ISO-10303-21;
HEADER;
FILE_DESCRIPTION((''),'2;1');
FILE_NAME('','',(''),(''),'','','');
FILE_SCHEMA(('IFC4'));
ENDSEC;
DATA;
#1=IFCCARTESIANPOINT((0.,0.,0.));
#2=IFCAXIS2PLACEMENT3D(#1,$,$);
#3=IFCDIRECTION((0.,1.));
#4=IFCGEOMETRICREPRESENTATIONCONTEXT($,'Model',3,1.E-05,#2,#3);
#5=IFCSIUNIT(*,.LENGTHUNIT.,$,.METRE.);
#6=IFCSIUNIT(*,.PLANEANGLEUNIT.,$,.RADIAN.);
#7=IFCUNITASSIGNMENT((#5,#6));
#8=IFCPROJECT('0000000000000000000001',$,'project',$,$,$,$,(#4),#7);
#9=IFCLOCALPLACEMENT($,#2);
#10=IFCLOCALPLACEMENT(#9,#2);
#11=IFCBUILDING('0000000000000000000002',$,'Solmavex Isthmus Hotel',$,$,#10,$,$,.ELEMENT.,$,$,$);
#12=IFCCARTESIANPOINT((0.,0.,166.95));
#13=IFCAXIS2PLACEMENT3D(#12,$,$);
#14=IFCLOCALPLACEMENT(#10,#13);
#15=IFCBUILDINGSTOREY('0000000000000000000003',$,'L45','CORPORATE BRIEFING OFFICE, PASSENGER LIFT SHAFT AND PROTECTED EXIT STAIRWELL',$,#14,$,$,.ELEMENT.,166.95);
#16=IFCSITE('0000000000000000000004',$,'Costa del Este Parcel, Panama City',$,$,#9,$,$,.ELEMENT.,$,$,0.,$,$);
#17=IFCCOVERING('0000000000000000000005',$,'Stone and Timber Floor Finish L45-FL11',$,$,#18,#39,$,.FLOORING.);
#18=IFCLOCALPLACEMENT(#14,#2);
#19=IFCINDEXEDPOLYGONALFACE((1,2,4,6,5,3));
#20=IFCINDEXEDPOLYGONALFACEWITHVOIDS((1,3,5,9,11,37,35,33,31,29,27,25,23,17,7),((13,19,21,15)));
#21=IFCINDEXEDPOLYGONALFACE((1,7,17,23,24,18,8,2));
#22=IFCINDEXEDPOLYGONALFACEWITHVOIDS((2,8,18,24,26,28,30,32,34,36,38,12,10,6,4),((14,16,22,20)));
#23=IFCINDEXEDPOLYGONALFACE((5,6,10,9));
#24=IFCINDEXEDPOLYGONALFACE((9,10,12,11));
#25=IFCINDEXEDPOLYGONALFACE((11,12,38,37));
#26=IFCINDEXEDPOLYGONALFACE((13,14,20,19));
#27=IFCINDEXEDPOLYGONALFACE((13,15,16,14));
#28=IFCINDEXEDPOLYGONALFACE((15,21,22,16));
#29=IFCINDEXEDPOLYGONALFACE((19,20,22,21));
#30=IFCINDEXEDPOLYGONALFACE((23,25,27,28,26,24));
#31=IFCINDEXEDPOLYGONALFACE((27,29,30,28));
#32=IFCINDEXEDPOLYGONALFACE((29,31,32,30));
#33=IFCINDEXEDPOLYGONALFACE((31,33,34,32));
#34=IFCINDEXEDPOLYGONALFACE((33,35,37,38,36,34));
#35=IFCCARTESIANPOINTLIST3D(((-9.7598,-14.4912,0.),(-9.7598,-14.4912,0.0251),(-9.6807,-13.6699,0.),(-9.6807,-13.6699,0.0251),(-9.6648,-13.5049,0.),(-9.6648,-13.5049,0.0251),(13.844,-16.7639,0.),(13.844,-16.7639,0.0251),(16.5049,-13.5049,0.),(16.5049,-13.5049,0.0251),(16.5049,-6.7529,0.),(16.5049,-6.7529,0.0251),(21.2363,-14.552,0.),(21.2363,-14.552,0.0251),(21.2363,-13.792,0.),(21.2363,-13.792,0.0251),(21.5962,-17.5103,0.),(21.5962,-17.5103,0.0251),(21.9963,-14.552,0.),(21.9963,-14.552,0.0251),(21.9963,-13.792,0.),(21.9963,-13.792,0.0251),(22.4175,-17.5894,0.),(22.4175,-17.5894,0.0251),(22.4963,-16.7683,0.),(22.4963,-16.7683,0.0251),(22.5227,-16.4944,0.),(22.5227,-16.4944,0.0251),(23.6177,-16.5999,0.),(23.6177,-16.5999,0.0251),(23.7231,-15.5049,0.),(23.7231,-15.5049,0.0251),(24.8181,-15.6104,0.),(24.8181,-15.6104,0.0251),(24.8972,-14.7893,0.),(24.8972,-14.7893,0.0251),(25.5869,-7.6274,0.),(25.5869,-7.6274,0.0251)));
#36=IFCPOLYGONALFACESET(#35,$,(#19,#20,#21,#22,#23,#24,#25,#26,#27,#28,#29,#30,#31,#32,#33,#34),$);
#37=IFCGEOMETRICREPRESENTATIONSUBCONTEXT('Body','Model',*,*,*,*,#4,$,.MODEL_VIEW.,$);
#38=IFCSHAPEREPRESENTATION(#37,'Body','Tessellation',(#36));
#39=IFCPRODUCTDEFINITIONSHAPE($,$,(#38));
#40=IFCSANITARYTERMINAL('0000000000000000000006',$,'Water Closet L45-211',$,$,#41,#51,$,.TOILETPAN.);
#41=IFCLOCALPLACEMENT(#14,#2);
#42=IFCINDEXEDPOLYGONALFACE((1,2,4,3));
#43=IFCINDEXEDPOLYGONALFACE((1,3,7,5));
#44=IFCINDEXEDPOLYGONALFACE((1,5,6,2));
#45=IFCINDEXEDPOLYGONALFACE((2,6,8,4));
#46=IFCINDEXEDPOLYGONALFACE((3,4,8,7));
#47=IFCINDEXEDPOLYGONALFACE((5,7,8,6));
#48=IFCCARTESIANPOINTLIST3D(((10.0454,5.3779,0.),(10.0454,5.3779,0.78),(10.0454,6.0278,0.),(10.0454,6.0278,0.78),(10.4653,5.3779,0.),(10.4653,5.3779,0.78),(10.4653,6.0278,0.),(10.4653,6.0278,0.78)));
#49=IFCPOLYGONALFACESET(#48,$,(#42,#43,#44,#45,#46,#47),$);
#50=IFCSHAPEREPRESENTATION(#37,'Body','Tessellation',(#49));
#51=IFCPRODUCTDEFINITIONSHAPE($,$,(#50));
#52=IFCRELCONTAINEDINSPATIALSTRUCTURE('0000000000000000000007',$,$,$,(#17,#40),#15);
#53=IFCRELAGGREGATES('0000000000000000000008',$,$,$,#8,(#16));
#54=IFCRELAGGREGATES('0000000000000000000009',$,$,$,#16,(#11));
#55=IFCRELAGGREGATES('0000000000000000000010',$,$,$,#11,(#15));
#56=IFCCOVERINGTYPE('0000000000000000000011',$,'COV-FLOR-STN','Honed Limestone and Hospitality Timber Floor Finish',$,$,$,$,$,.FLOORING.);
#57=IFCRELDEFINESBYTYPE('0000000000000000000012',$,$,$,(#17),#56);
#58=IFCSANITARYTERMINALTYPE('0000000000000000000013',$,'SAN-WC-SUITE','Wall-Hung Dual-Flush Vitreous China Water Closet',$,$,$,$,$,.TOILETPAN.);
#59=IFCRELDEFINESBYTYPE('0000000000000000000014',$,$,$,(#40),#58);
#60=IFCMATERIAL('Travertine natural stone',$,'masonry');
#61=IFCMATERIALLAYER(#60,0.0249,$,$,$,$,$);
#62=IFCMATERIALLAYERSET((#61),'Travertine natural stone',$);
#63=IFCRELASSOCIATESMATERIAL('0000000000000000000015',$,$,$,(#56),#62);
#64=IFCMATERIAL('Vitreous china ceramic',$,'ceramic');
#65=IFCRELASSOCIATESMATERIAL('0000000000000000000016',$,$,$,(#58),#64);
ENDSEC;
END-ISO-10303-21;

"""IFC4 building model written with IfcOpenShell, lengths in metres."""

from ifc_helpers import new_model, si_unit, direction, frame, origin, origin_2d, place, context, subcontext, project, spatial, polyline, rectangle, outline, extrude, material, layer, layer_set, type_object, element, save


model = new_model("IFC4")

# Units and contexts
model_context = context("Model", 3, precision=1e-05, world=origin(), true_north=direction((0.0, 1.0)))
body_context = subcontext(model_context, "Body", "Model", "MODEL_VIEW")
ifc_project = project(units=[si_unit("LENGTHUNIT", "METRE"), si_unit("PLANEANGLEUNIT", "RADIAN")], contexts=[model_context])

# Site, building, storey
site_placement = place(None, origin())
site = spatial("IfcSite", under=ifc_project, at=site_placement, Name="Costa del Este Parcel, Panama City", CompositionType="ELEMENT", RefElevation=0.0)
building_placement = place(site_placement, origin())
building = spatial("IfcBuilding", under=site, at=building_placement, Name="Solmavex Isthmus Hotel", CompositionType="ELEMENT")
storey_placement = place(building_placement, frame((0.0, 0.0, 166.95)))
storey = spatial("IfcBuildingStorey", under=building, at=storey_placement, Name="L45", Description="CORPORATE BRIEFING OFFICE, PASSENGER LIFT SHAFT AND PROTECTED EXIT STAIRWELL", CompositionType="ELEMENT", Elevation=166.95)

# Covering
ifc_material_1 = material(Name="Travertine natural stone", Category="masonry")
ifc_layer_1 = layer(ifc_material_1, 0.0249)
ifc_layer_set_1 = layer_set([ifc_layer_1], Name="Travertine natural stone")
covering_type_1 = type_object("IfcCoveringType", Name="COV-FLOR-STN", Description="Honed Limestone and Hospitality Timber Floor Finish", PredefinedType="FLOORING", material=ifc_layer_set_1)
covering_1_placement = place(storey_placement, origin())
element("IfcCovering", 1, at=covering_1_placement, inside=storey, type_object=covering_type_1, Name="Stone and Timber Floor Finish L45-FL11", PredefinedType="FLOORING", context=body_context, shape_type="SweptSolid", body=[
    extrude(outline(polyline([(21.5962, -17.5103), (22.4175, -17.5894), (22.4963, -16.7683), (22.5227, -16.4944), (23.6177, -16.5999), (23.7231, -15.5049), (24.8181, -15.6104), (24.8972, -14.7893), (25.5869, -7.6274), (16.5049, -6.7529), (16.5049, -13.5049), (-9.6648, -13.5049), (-9.6807, -13.6699), (-9.7598, -14.4912), (13.844, -16.7639), (21.5962, -17.5103)]), holes=[polyline([(21.2363, -14.552), (21.2363, -13.792), (21.9963, -13.792), (21.9963, -14.552), (21.2363, -14.552)])]), origin(), (0.0, 0.0, 1.0), 0.0251),
])

# Sanitary terminal
ifc_material_2 = material(Name="Vitreous china ceramic", Category="ceramic")
sanitary_terminal_type = type_object("IfcSanitaryTerminalType", Name="SAN-WC-SUITE", Description="Wall-Hung Dual-Flush Vitreous China Water Closet", PredefinedType="TOILETPAN", material=ifc_material_2)
sanitary_terminal_placement = place(storey_placement, frame((10.2554, 5.7029, 0.0), z_axis=(0.0, 0.0, 1.0), x_axis=(1.0, 0.0, 0.0)))
element("IfcSanitaryTerminal", 2, at=sanitary_terminal_placement, inside=storey, type_object=sanitary_terminal_type, Name="Water Closet L45-211", PredefinedType="TOILETPAN", context=body_context, shape_type="SweptSolid", body=[
    extrude(rectangle(XDim=0.4199, YDim=0.6499, at=origin_2d()), origin(), (0.0, 0.0, 1.0), 0.78),
])

save(model, "model.ifc")
